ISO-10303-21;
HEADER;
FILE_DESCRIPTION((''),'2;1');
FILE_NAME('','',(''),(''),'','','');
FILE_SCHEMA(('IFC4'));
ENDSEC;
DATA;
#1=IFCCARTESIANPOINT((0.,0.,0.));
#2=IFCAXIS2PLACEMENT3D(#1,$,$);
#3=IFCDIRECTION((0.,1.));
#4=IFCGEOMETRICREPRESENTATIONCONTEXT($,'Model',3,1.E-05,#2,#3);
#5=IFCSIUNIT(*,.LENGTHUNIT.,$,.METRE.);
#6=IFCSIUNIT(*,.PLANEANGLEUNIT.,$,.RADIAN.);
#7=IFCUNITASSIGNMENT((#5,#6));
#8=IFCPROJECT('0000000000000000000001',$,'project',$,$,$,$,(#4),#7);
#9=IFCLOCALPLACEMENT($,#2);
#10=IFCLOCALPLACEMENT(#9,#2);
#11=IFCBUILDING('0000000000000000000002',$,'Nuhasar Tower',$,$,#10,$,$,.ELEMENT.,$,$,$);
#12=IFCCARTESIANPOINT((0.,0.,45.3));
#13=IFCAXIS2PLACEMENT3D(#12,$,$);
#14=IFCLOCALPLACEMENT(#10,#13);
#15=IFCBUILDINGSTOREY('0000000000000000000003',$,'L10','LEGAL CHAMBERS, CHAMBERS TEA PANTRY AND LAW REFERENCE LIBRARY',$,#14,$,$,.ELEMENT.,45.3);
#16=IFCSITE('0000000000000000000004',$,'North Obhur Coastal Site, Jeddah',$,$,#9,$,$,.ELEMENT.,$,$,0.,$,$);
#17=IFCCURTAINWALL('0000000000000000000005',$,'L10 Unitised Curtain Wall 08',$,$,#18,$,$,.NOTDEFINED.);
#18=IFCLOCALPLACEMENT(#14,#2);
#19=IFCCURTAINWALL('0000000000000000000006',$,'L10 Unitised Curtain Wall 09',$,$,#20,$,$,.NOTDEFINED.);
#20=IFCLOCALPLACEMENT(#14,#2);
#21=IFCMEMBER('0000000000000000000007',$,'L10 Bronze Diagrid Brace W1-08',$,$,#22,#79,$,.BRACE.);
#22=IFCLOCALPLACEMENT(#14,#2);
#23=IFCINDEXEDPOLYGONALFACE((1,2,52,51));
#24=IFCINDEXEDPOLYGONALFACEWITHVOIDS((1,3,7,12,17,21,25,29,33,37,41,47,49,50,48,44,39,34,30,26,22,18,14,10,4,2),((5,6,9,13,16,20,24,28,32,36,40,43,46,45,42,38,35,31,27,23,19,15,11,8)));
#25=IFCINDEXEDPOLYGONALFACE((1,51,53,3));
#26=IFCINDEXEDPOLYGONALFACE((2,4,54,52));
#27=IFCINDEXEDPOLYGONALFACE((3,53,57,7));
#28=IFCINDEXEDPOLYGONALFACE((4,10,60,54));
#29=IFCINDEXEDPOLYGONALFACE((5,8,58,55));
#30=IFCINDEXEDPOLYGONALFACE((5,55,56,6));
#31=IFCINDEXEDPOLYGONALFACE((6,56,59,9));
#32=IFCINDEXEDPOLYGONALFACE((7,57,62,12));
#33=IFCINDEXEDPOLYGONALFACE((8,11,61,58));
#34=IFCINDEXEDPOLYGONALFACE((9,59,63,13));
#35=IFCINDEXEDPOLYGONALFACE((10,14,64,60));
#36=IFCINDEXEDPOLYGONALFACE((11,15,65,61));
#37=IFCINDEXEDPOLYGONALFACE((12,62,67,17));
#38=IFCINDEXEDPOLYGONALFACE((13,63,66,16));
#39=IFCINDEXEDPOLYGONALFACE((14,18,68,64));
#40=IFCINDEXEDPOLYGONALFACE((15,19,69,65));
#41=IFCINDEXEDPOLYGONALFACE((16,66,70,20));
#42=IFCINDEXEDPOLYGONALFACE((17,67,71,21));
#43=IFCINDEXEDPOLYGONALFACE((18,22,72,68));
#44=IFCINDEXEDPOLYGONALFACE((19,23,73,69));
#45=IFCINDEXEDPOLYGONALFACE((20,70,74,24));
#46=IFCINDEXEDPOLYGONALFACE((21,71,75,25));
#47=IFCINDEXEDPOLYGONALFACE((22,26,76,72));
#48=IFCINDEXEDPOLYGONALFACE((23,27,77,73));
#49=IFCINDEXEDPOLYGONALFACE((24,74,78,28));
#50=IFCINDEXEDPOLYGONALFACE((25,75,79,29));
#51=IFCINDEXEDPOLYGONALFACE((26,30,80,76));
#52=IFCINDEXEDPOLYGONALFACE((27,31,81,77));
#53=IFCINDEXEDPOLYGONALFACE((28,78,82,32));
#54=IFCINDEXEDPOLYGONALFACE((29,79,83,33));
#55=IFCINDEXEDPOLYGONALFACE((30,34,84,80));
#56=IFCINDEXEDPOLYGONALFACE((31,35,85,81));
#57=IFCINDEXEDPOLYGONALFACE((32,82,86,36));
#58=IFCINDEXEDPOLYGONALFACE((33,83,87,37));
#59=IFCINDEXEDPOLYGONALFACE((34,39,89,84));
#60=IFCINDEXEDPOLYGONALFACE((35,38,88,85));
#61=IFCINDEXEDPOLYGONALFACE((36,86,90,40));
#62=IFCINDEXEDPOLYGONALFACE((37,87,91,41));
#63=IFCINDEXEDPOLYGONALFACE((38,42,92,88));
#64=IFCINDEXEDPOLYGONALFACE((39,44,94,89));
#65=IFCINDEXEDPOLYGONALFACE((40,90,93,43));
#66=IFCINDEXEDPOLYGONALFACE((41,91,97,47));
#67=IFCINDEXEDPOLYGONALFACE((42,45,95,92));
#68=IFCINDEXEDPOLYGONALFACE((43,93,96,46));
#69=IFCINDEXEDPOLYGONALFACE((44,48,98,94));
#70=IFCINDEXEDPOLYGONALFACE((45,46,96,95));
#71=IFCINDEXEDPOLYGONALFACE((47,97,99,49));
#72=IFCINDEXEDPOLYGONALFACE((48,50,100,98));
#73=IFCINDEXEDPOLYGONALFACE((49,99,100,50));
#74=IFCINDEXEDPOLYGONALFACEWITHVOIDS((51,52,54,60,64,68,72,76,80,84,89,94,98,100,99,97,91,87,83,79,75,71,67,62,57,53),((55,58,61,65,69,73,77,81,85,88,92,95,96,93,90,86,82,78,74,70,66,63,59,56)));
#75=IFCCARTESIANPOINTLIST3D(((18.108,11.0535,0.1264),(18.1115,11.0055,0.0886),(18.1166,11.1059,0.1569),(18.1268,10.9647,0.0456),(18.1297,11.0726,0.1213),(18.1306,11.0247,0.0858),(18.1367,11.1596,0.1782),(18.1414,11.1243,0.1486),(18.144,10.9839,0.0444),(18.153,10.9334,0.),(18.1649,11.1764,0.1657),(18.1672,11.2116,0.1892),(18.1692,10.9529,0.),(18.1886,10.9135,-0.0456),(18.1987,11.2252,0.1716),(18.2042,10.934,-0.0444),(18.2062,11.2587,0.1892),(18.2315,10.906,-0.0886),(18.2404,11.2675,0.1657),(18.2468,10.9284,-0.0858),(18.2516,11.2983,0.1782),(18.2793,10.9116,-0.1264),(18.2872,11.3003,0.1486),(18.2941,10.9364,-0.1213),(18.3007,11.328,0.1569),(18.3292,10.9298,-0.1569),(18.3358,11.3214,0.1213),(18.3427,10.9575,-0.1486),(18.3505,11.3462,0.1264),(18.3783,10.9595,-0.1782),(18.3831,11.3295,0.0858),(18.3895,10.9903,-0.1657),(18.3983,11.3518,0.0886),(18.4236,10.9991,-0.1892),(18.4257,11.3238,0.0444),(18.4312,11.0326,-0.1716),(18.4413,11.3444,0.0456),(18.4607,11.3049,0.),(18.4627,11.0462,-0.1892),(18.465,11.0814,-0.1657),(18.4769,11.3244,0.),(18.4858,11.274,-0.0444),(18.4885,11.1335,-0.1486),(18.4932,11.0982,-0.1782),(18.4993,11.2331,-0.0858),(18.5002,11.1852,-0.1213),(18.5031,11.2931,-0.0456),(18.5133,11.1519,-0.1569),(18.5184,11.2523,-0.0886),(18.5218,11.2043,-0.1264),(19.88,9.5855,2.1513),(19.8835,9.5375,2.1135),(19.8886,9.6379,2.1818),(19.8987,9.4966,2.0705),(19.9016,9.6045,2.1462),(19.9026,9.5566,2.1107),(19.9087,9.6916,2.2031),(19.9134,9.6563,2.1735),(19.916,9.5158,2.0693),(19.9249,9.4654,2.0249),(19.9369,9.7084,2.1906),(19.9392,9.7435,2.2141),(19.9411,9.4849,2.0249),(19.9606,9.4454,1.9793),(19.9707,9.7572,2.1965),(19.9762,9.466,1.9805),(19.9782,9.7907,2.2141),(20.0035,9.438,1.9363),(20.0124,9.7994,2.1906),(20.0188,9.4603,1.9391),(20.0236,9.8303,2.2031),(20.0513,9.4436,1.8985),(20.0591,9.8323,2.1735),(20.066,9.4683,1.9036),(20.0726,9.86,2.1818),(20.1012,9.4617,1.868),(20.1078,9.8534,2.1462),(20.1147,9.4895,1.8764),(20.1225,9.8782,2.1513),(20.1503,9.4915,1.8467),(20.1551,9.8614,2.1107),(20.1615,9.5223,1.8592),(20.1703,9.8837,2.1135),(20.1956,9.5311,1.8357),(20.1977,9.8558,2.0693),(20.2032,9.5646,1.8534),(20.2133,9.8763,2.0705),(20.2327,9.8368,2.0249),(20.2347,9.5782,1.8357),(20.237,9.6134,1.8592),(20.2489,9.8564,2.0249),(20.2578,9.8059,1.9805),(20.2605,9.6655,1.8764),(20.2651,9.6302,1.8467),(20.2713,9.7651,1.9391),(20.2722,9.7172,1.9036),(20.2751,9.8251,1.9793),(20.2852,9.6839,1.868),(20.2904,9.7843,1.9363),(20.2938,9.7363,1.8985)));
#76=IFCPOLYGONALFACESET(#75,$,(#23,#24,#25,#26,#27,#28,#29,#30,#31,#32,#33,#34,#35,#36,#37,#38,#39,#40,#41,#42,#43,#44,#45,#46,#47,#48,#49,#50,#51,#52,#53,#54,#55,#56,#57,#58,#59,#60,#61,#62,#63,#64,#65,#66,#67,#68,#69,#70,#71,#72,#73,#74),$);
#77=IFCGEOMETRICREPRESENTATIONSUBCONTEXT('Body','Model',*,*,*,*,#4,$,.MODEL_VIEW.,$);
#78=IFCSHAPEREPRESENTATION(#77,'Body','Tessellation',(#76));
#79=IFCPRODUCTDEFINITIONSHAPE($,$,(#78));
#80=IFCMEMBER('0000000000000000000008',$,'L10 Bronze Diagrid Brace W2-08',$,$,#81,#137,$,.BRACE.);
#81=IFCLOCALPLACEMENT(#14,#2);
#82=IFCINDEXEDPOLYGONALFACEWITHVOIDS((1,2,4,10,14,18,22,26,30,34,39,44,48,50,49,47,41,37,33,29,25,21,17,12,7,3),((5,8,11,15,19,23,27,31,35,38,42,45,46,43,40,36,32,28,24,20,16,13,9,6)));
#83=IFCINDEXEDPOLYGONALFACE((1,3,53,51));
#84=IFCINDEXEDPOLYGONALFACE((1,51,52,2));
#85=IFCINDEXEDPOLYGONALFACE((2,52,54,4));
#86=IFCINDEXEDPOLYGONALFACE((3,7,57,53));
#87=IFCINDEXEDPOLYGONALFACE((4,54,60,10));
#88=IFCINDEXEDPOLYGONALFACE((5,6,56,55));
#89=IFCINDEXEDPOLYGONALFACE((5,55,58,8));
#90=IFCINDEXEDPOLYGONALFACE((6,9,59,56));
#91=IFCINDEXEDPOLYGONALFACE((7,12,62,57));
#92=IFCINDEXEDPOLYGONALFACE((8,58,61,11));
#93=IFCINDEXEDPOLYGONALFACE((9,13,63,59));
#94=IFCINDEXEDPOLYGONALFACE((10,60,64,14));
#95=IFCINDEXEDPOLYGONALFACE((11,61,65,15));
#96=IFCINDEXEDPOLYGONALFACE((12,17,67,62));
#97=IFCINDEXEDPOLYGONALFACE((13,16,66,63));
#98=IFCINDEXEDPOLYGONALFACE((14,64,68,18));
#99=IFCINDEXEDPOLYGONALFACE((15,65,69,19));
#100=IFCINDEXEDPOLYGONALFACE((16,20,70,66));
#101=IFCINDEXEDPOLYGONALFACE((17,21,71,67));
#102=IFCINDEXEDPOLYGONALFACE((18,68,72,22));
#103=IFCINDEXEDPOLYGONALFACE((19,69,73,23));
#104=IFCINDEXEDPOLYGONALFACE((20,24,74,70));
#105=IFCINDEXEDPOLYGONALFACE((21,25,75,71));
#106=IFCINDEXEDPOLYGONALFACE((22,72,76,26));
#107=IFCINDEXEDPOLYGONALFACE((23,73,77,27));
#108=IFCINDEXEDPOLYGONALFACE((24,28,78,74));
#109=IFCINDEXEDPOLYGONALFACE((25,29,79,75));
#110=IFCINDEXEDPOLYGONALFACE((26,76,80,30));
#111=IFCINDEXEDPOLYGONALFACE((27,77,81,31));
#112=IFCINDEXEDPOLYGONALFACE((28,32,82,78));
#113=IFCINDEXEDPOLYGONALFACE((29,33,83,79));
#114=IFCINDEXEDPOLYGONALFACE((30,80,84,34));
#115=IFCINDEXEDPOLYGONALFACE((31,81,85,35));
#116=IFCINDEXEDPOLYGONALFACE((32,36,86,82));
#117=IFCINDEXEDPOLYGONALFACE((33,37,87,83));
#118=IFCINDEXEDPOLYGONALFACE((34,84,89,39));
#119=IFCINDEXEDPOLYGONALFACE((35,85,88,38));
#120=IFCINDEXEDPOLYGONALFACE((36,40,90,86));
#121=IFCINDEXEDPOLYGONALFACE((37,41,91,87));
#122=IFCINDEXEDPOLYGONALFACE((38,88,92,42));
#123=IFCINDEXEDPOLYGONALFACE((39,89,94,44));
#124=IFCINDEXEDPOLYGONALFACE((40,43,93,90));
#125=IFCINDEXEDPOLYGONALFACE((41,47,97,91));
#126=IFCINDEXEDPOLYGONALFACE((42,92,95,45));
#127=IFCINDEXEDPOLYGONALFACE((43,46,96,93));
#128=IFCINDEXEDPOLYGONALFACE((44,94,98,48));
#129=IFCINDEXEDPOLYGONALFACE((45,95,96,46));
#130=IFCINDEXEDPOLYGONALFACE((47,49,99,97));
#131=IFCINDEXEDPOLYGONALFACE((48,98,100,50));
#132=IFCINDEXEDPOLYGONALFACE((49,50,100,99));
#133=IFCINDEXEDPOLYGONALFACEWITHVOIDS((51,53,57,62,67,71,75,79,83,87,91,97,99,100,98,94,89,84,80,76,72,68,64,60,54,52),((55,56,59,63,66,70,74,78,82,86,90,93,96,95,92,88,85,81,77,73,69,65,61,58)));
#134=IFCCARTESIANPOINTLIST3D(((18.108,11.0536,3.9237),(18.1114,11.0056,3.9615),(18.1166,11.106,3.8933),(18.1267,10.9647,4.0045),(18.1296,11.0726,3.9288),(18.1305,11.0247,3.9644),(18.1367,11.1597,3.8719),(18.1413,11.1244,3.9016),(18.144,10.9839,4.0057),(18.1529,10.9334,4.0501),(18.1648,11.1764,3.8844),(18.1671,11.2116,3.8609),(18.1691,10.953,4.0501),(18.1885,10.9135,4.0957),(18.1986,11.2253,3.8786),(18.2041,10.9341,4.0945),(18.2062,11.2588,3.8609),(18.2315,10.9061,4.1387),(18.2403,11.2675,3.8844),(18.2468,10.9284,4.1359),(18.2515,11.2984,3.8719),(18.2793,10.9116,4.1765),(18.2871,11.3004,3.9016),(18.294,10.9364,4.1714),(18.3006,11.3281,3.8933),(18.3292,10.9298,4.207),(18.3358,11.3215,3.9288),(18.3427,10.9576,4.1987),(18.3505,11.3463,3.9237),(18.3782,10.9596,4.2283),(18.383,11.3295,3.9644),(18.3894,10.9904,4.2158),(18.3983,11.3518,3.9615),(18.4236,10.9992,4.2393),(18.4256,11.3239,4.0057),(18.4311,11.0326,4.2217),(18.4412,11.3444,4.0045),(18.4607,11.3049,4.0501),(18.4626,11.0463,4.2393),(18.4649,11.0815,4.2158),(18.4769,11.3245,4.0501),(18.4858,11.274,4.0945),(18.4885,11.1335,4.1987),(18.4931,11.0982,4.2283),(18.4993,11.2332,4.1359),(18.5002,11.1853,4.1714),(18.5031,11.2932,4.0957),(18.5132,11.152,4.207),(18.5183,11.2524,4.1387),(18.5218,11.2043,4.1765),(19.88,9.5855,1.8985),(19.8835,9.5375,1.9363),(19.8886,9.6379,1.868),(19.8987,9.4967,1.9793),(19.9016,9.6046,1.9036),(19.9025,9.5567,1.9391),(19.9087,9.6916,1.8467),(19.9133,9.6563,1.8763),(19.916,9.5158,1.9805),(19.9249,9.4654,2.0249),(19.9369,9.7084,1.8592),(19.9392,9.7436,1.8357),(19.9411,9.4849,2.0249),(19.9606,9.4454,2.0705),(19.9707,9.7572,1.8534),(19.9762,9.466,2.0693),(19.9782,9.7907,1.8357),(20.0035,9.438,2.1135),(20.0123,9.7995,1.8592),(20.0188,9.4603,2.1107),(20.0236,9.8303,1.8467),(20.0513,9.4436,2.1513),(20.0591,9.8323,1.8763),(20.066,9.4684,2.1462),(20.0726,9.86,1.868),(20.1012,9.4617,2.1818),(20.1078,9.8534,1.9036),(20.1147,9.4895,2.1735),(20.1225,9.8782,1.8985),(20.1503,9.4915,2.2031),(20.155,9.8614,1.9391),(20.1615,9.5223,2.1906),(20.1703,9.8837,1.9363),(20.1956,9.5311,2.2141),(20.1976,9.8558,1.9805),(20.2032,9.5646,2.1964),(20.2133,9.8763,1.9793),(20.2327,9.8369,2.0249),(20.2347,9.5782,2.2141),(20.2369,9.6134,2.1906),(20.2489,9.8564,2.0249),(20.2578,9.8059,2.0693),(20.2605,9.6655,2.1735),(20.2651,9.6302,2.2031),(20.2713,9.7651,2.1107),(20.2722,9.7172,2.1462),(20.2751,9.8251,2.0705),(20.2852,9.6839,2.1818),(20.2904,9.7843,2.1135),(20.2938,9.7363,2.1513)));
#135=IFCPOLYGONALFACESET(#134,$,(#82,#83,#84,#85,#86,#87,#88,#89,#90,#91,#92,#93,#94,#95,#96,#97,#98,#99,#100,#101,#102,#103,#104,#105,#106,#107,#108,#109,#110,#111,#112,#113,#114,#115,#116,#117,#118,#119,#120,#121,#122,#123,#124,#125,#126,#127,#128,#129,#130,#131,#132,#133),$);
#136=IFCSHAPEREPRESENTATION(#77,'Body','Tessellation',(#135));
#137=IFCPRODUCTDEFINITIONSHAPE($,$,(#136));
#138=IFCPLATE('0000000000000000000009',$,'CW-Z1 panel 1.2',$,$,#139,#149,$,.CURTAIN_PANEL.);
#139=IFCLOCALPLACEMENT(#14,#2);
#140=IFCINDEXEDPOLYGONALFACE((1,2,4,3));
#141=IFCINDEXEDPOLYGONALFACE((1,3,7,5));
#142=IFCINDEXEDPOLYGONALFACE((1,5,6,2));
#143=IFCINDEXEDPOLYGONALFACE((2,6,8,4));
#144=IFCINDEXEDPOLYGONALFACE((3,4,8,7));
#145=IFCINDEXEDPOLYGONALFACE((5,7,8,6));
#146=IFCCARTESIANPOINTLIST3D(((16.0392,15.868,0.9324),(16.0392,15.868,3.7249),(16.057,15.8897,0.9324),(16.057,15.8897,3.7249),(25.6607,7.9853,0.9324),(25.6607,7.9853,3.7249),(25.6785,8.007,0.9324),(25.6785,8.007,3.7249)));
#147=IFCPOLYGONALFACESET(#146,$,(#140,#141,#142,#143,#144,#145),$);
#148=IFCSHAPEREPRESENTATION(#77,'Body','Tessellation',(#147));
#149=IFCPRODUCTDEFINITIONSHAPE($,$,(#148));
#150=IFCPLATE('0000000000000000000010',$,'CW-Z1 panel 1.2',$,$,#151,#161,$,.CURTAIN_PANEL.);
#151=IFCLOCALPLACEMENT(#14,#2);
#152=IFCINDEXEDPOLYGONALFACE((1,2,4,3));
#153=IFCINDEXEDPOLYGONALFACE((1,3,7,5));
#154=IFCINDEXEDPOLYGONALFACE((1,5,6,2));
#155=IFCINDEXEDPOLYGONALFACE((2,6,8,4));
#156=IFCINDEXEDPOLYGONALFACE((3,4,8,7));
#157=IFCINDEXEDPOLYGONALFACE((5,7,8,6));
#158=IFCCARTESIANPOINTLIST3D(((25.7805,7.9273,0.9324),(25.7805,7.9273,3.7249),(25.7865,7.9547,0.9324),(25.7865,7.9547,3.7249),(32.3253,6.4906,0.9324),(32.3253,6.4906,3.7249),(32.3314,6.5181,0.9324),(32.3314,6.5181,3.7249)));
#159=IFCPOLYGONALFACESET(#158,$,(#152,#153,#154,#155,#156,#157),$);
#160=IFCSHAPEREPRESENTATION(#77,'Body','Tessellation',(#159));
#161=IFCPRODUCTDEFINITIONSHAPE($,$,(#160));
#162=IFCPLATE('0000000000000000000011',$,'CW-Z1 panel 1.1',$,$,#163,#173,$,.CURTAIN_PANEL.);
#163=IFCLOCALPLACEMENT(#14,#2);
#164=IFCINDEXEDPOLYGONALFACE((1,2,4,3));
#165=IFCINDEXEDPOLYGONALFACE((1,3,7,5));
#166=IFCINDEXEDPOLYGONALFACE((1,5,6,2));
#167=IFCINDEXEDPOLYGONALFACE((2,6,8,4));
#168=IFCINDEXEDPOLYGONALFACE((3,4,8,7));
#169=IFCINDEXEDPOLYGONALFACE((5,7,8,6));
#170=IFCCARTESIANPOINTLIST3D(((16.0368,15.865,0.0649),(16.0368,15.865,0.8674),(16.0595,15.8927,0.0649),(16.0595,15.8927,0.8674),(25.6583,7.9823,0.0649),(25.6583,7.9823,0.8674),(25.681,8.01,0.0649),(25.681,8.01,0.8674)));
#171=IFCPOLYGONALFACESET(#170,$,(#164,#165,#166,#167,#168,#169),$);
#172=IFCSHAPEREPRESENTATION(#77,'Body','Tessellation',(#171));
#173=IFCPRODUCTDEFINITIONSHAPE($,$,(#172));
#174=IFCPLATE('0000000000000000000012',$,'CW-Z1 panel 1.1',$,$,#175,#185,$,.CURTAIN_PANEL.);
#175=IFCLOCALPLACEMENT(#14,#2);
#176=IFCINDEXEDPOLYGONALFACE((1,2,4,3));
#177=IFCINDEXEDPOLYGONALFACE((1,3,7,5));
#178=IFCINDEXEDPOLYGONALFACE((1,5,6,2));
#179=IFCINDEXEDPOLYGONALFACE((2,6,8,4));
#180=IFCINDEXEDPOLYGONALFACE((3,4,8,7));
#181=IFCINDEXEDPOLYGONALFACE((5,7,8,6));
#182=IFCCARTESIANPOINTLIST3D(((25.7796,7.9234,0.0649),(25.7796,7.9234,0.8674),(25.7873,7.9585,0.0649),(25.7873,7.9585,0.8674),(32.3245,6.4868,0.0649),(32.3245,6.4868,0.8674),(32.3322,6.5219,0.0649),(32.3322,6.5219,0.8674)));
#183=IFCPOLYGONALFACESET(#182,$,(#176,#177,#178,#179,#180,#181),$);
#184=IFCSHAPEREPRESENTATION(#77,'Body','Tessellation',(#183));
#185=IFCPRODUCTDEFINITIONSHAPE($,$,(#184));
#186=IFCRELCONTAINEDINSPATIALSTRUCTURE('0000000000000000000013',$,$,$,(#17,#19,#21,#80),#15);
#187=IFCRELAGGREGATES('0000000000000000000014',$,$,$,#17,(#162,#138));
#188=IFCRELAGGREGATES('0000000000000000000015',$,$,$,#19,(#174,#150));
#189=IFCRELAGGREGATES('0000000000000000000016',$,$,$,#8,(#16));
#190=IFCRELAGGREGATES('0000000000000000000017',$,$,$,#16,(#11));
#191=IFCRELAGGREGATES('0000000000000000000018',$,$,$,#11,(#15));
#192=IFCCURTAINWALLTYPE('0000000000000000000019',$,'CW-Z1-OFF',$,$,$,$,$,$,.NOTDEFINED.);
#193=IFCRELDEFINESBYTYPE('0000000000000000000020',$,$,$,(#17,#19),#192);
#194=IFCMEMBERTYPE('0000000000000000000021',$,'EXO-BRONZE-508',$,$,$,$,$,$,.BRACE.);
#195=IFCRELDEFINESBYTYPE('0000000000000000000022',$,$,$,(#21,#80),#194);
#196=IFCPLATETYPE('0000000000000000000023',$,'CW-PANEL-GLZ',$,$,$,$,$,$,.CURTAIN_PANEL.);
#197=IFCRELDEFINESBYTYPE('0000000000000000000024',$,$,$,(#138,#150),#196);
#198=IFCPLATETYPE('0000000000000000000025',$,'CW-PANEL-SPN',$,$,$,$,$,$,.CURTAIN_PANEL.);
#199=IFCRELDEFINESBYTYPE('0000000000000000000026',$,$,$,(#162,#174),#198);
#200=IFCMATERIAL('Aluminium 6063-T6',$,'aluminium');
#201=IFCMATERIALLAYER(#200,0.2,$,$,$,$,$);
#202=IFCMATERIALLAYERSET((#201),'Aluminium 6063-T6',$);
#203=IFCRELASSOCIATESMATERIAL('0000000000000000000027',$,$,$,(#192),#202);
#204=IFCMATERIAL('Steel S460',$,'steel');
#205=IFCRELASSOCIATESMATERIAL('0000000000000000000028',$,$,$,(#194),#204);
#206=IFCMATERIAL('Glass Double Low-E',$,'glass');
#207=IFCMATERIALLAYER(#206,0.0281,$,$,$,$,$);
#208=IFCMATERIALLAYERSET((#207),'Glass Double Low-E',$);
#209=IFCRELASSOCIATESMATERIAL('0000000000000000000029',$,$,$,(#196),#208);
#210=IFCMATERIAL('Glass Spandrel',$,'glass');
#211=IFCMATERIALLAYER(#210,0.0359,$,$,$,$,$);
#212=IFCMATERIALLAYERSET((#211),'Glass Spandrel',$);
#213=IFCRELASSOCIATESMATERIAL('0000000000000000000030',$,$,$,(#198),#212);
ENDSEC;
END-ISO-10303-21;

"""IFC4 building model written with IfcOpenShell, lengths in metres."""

from ifc_helpers import new_model, si_unit, direction, frame, origin, origin_2d, place, context, subcontext, project, spatial, rectangle, hollow_circle, extrude, material, layer, layer_set, material_profile, profile_set, type_object, element, aggregate, save


model = new_model("IFC4")

# Units and contexts
model_context = context("Model", 3, precision=1e-05, world=origin(), true_north=direction((0.0, 1.0)))
body_context = subcontext(model_context, "Body", "Model", "MODEL_VIEW")
ifc_project = project(units=[si_unit("LENGTHUNIT", "METRE"), si_unit("PLANEANGLEUNIT", "RADIAN")], contexts=[model_context])

# Site, building, storey
site_placement = place(None, origin())
site = spatial("IfcSite", under=ifc_project, at=site_placement, Name="North Obhur Coastal Site, Jeddah", CompositionType="ELEMENT", RefElevation=0.0)
building_placement = place(site_placement, origin())
building = spatial("IfcBuilding", under=site, at=building_placement, Name="Nuhasar Tower", CompositionType="ELEMENT")
storey_placement = place(building_placement, frame((0.0, 0.0, 45.3)))
storey = spatial("IfcBuildingStorey", under=building, at=storey_placement, Name="L10", Description="LEGAL CHAMBERS, CHAMBERS TEA PANTRY AND LAW REFERENCE LIBRARY", CompositionType="ELEMENT", Elevation=45.3)

# Curtain wall
ifc_material_1 = material(Name="Aluminium 6063-T6", Category="aluminium")
ifc_layer_1 = layer(ifc_material_1, 0.2)
ifc_layer_set_1 = layer_set([ifc_layer_1], Name="Aluminium 6063-T6")
curtain_wall_type = type_object("IfcCurtainWallType", Name="CW-Z1-OFF", PredefinedType="NOTDEFINED", material=ifc_layer_set_1)
curtain_wall_1_placement = place(storey_placement, origin())
curtain_wall_1 = element("IfcCurtainWall", 1, at=curtain_wall_1_placement, inside=storey, type_object=curtain_wall_type, Name="L10 Unitised Curtain Wall 08", PredefinedType="NOTDEFINED")

# Curtain wall
curtain_wall_2_placement = place(storey_placement, origin())
curtain_wall_2 = element("IfcCurtainWall", 2, at=curtain_wall_2_placement, inside=storey, type_object=curtain_wall_type, Name="L10 Unitised Curtain Wall 09", PredefinedType="NOTDEFINED")

# Members
ifc_material_2 = material(Name="Steel S460", Category="steel")
ifc_material_profile_1 = material_profile(ifc_material_2, hollow_circle(Radius=0.2539, WallThickness=0.0254, at=origin_2d()), Name="HSS508X25.4")
ifc_profile_set_1 = profile_set([ifc_material_profile_1], Name="Steel S460")
member_type_1 = type_object("IfcMemberType", Name="EXO-BRONZE-508", PredefinedType="BRACE", material=ifc_profile_set_1)
member_1_placement = place(storey_placement, frame((18.3149, 11.1289, 0.0), z_axis=(0.578102, -0.478937, 0.660619), x_axis=(0.637969, 0.770062, 0.0)))
element("IfcMember", 3, at=member_1_placement, inside=storey, type_object=member_type_1, Name="L10 Bronze Diagrid Brace W1-08", PredefinedType="BRACE", context=body_context, shape_type="SweptSolid", body=[
    extrude(hollow_circle(Radius=0.2539, WallThickness=0.0254, at=origin_2d()), origin(), (0.0, 0.0, 1.0), 3.0652),
])
member_2_placement = place(storey_placement, frame((20.0869, 9.6609, 2.0249), z_axis=(-0.578071, 0.478912, 0.660664), x_axis=(-0.637969, -0.770062, 0.0)))
element("IfcMember", 4, at=member_2_placement, inside=storey, type_object=member_type_1, Name="L10 Bronze Diagrid Brace W2-08", PredefinedType="BRACE", context=body_context, shape_type="SweptSolid", body=[
    extrude(hollow_circle(Radius=0.2539, WallThickness=0.0254, at=origin_2d()), origin(), (0.0, 0.0, 1.0), 3.0654),
])

# Plates
ifc_material_3 = material(Name="Glass Double Low-E", Category="glass")
ifc_layer_2 = layer(ifc_material_3, 0.0281)
ifc_layer_set_2 = layer_set([ifc_layer_2], Name="Glass Double Low-E")
plate_type_1 = type_object("IfcPlateType", Name="CW-PANEL-GLZ", PredefinedType="CURTAIN_PANEL", material=ifc_layer_set_2)
plate_1_placement = place(storey_placement, frame((20.8589, 11.9375, 0.9324), z_axis=(0.0, 0.0, 1.0), x_axis=(0.773542, -0.633745, 0.0)))
plate_1 = element("IfcPlate", 5, at=plate_1_placement, type_object=plate_type_1, Name="CW-Z1 panel 1.2", PredefinedType="CURTAIN_PANEL", context=body_context, shape_type="SweptSolid", body=[
    extrude(rectangle(XDim=12.4382, YDim=0.0281, at=origin_2d()), origin(), (0.0, 0.0, 1.0), 2.7925),
])
plate_2_placement = place(storey_placement, frame((29.0559, 7.2227, 0.9324), z_axis=(0.0, 0.0, 1.0), x_axis=(0.976746, -0.214399, 0.0)))
plate_2 = element("IfcPlate", 6, at=plate_2_placement, type_object=plate_type_1, Name="CW-Z1 panel 1.2", PredefinedType="CURTAIN_PANEL", context=body_context, shape_type="SweptSolid", body=[
    extrude(rectangle(XDim=6.7007, YDim=0.0281, at=origin_2d()), origin(), (0.0, 0.0, 1.0), 2.7925),
])
ifc_material_4 = material(Name="Glass Spandrel", Category="glass")
ifc_layer_3 = layer(ifc_material_4, 0.0359)
ifc_layer_set_3 = layer_set([ifc_layer_3], Name="Glass Spandrel")
plate_type_2 = type_object("IfcPlateType", Name="CW-PANEL-SPN", PredefinedType="CURTAIN_PANEL", material=ifc_layer_set_3)
plate_3_placement = place(storey_placement, frame((20.8589, 11.9375, 0.0649), z_axis=(0.0, 0.0, 1.0), x_axis=(0.773542, -0.633745, 0.0)))
plate_3 = element("IfcPlate", 7, at=plate_3_placement, type_object=plate_type_2, Name="CW-Z1 panel 1.1", PredefinedType="CURTAIN_PANEL", context=body_context, shape_type="SweptSolid", body=[
    extrude(rectangle(XDim=12.4382, YDim=0.0359, at=origin_2d()), origin(), (0.0, 0.0, 1.0), 0.8025),
])
aggregate(curtain_wall_1, [plate_3, plate_1])
plate_4_placement = place(storey_placement, frame((29.0559, 7.2227, 0.0649), z_axis=(0.0, 0.0, 1.0), x_axis=(0.976746, -0.214399, 0.0)))
plate_4 = element("IfcPlate", 8, at=plate_4_placement, type_object=plate_type_2, Name="CW-Z1 panel 1.1", PredefinedType="CURTAIN_PANEL", context=body_context, shape_type="SweptSolid", body=[
    extrude(rectangle(XDim=6.7007, YDim=0.0359, at=origin_2d()), origin(), (0.0, 0.0, 1.0), 0.8025),
])
aggregate(curtain_wall_2, [plate_4, plate_2])

save(model, "model.ifc")
